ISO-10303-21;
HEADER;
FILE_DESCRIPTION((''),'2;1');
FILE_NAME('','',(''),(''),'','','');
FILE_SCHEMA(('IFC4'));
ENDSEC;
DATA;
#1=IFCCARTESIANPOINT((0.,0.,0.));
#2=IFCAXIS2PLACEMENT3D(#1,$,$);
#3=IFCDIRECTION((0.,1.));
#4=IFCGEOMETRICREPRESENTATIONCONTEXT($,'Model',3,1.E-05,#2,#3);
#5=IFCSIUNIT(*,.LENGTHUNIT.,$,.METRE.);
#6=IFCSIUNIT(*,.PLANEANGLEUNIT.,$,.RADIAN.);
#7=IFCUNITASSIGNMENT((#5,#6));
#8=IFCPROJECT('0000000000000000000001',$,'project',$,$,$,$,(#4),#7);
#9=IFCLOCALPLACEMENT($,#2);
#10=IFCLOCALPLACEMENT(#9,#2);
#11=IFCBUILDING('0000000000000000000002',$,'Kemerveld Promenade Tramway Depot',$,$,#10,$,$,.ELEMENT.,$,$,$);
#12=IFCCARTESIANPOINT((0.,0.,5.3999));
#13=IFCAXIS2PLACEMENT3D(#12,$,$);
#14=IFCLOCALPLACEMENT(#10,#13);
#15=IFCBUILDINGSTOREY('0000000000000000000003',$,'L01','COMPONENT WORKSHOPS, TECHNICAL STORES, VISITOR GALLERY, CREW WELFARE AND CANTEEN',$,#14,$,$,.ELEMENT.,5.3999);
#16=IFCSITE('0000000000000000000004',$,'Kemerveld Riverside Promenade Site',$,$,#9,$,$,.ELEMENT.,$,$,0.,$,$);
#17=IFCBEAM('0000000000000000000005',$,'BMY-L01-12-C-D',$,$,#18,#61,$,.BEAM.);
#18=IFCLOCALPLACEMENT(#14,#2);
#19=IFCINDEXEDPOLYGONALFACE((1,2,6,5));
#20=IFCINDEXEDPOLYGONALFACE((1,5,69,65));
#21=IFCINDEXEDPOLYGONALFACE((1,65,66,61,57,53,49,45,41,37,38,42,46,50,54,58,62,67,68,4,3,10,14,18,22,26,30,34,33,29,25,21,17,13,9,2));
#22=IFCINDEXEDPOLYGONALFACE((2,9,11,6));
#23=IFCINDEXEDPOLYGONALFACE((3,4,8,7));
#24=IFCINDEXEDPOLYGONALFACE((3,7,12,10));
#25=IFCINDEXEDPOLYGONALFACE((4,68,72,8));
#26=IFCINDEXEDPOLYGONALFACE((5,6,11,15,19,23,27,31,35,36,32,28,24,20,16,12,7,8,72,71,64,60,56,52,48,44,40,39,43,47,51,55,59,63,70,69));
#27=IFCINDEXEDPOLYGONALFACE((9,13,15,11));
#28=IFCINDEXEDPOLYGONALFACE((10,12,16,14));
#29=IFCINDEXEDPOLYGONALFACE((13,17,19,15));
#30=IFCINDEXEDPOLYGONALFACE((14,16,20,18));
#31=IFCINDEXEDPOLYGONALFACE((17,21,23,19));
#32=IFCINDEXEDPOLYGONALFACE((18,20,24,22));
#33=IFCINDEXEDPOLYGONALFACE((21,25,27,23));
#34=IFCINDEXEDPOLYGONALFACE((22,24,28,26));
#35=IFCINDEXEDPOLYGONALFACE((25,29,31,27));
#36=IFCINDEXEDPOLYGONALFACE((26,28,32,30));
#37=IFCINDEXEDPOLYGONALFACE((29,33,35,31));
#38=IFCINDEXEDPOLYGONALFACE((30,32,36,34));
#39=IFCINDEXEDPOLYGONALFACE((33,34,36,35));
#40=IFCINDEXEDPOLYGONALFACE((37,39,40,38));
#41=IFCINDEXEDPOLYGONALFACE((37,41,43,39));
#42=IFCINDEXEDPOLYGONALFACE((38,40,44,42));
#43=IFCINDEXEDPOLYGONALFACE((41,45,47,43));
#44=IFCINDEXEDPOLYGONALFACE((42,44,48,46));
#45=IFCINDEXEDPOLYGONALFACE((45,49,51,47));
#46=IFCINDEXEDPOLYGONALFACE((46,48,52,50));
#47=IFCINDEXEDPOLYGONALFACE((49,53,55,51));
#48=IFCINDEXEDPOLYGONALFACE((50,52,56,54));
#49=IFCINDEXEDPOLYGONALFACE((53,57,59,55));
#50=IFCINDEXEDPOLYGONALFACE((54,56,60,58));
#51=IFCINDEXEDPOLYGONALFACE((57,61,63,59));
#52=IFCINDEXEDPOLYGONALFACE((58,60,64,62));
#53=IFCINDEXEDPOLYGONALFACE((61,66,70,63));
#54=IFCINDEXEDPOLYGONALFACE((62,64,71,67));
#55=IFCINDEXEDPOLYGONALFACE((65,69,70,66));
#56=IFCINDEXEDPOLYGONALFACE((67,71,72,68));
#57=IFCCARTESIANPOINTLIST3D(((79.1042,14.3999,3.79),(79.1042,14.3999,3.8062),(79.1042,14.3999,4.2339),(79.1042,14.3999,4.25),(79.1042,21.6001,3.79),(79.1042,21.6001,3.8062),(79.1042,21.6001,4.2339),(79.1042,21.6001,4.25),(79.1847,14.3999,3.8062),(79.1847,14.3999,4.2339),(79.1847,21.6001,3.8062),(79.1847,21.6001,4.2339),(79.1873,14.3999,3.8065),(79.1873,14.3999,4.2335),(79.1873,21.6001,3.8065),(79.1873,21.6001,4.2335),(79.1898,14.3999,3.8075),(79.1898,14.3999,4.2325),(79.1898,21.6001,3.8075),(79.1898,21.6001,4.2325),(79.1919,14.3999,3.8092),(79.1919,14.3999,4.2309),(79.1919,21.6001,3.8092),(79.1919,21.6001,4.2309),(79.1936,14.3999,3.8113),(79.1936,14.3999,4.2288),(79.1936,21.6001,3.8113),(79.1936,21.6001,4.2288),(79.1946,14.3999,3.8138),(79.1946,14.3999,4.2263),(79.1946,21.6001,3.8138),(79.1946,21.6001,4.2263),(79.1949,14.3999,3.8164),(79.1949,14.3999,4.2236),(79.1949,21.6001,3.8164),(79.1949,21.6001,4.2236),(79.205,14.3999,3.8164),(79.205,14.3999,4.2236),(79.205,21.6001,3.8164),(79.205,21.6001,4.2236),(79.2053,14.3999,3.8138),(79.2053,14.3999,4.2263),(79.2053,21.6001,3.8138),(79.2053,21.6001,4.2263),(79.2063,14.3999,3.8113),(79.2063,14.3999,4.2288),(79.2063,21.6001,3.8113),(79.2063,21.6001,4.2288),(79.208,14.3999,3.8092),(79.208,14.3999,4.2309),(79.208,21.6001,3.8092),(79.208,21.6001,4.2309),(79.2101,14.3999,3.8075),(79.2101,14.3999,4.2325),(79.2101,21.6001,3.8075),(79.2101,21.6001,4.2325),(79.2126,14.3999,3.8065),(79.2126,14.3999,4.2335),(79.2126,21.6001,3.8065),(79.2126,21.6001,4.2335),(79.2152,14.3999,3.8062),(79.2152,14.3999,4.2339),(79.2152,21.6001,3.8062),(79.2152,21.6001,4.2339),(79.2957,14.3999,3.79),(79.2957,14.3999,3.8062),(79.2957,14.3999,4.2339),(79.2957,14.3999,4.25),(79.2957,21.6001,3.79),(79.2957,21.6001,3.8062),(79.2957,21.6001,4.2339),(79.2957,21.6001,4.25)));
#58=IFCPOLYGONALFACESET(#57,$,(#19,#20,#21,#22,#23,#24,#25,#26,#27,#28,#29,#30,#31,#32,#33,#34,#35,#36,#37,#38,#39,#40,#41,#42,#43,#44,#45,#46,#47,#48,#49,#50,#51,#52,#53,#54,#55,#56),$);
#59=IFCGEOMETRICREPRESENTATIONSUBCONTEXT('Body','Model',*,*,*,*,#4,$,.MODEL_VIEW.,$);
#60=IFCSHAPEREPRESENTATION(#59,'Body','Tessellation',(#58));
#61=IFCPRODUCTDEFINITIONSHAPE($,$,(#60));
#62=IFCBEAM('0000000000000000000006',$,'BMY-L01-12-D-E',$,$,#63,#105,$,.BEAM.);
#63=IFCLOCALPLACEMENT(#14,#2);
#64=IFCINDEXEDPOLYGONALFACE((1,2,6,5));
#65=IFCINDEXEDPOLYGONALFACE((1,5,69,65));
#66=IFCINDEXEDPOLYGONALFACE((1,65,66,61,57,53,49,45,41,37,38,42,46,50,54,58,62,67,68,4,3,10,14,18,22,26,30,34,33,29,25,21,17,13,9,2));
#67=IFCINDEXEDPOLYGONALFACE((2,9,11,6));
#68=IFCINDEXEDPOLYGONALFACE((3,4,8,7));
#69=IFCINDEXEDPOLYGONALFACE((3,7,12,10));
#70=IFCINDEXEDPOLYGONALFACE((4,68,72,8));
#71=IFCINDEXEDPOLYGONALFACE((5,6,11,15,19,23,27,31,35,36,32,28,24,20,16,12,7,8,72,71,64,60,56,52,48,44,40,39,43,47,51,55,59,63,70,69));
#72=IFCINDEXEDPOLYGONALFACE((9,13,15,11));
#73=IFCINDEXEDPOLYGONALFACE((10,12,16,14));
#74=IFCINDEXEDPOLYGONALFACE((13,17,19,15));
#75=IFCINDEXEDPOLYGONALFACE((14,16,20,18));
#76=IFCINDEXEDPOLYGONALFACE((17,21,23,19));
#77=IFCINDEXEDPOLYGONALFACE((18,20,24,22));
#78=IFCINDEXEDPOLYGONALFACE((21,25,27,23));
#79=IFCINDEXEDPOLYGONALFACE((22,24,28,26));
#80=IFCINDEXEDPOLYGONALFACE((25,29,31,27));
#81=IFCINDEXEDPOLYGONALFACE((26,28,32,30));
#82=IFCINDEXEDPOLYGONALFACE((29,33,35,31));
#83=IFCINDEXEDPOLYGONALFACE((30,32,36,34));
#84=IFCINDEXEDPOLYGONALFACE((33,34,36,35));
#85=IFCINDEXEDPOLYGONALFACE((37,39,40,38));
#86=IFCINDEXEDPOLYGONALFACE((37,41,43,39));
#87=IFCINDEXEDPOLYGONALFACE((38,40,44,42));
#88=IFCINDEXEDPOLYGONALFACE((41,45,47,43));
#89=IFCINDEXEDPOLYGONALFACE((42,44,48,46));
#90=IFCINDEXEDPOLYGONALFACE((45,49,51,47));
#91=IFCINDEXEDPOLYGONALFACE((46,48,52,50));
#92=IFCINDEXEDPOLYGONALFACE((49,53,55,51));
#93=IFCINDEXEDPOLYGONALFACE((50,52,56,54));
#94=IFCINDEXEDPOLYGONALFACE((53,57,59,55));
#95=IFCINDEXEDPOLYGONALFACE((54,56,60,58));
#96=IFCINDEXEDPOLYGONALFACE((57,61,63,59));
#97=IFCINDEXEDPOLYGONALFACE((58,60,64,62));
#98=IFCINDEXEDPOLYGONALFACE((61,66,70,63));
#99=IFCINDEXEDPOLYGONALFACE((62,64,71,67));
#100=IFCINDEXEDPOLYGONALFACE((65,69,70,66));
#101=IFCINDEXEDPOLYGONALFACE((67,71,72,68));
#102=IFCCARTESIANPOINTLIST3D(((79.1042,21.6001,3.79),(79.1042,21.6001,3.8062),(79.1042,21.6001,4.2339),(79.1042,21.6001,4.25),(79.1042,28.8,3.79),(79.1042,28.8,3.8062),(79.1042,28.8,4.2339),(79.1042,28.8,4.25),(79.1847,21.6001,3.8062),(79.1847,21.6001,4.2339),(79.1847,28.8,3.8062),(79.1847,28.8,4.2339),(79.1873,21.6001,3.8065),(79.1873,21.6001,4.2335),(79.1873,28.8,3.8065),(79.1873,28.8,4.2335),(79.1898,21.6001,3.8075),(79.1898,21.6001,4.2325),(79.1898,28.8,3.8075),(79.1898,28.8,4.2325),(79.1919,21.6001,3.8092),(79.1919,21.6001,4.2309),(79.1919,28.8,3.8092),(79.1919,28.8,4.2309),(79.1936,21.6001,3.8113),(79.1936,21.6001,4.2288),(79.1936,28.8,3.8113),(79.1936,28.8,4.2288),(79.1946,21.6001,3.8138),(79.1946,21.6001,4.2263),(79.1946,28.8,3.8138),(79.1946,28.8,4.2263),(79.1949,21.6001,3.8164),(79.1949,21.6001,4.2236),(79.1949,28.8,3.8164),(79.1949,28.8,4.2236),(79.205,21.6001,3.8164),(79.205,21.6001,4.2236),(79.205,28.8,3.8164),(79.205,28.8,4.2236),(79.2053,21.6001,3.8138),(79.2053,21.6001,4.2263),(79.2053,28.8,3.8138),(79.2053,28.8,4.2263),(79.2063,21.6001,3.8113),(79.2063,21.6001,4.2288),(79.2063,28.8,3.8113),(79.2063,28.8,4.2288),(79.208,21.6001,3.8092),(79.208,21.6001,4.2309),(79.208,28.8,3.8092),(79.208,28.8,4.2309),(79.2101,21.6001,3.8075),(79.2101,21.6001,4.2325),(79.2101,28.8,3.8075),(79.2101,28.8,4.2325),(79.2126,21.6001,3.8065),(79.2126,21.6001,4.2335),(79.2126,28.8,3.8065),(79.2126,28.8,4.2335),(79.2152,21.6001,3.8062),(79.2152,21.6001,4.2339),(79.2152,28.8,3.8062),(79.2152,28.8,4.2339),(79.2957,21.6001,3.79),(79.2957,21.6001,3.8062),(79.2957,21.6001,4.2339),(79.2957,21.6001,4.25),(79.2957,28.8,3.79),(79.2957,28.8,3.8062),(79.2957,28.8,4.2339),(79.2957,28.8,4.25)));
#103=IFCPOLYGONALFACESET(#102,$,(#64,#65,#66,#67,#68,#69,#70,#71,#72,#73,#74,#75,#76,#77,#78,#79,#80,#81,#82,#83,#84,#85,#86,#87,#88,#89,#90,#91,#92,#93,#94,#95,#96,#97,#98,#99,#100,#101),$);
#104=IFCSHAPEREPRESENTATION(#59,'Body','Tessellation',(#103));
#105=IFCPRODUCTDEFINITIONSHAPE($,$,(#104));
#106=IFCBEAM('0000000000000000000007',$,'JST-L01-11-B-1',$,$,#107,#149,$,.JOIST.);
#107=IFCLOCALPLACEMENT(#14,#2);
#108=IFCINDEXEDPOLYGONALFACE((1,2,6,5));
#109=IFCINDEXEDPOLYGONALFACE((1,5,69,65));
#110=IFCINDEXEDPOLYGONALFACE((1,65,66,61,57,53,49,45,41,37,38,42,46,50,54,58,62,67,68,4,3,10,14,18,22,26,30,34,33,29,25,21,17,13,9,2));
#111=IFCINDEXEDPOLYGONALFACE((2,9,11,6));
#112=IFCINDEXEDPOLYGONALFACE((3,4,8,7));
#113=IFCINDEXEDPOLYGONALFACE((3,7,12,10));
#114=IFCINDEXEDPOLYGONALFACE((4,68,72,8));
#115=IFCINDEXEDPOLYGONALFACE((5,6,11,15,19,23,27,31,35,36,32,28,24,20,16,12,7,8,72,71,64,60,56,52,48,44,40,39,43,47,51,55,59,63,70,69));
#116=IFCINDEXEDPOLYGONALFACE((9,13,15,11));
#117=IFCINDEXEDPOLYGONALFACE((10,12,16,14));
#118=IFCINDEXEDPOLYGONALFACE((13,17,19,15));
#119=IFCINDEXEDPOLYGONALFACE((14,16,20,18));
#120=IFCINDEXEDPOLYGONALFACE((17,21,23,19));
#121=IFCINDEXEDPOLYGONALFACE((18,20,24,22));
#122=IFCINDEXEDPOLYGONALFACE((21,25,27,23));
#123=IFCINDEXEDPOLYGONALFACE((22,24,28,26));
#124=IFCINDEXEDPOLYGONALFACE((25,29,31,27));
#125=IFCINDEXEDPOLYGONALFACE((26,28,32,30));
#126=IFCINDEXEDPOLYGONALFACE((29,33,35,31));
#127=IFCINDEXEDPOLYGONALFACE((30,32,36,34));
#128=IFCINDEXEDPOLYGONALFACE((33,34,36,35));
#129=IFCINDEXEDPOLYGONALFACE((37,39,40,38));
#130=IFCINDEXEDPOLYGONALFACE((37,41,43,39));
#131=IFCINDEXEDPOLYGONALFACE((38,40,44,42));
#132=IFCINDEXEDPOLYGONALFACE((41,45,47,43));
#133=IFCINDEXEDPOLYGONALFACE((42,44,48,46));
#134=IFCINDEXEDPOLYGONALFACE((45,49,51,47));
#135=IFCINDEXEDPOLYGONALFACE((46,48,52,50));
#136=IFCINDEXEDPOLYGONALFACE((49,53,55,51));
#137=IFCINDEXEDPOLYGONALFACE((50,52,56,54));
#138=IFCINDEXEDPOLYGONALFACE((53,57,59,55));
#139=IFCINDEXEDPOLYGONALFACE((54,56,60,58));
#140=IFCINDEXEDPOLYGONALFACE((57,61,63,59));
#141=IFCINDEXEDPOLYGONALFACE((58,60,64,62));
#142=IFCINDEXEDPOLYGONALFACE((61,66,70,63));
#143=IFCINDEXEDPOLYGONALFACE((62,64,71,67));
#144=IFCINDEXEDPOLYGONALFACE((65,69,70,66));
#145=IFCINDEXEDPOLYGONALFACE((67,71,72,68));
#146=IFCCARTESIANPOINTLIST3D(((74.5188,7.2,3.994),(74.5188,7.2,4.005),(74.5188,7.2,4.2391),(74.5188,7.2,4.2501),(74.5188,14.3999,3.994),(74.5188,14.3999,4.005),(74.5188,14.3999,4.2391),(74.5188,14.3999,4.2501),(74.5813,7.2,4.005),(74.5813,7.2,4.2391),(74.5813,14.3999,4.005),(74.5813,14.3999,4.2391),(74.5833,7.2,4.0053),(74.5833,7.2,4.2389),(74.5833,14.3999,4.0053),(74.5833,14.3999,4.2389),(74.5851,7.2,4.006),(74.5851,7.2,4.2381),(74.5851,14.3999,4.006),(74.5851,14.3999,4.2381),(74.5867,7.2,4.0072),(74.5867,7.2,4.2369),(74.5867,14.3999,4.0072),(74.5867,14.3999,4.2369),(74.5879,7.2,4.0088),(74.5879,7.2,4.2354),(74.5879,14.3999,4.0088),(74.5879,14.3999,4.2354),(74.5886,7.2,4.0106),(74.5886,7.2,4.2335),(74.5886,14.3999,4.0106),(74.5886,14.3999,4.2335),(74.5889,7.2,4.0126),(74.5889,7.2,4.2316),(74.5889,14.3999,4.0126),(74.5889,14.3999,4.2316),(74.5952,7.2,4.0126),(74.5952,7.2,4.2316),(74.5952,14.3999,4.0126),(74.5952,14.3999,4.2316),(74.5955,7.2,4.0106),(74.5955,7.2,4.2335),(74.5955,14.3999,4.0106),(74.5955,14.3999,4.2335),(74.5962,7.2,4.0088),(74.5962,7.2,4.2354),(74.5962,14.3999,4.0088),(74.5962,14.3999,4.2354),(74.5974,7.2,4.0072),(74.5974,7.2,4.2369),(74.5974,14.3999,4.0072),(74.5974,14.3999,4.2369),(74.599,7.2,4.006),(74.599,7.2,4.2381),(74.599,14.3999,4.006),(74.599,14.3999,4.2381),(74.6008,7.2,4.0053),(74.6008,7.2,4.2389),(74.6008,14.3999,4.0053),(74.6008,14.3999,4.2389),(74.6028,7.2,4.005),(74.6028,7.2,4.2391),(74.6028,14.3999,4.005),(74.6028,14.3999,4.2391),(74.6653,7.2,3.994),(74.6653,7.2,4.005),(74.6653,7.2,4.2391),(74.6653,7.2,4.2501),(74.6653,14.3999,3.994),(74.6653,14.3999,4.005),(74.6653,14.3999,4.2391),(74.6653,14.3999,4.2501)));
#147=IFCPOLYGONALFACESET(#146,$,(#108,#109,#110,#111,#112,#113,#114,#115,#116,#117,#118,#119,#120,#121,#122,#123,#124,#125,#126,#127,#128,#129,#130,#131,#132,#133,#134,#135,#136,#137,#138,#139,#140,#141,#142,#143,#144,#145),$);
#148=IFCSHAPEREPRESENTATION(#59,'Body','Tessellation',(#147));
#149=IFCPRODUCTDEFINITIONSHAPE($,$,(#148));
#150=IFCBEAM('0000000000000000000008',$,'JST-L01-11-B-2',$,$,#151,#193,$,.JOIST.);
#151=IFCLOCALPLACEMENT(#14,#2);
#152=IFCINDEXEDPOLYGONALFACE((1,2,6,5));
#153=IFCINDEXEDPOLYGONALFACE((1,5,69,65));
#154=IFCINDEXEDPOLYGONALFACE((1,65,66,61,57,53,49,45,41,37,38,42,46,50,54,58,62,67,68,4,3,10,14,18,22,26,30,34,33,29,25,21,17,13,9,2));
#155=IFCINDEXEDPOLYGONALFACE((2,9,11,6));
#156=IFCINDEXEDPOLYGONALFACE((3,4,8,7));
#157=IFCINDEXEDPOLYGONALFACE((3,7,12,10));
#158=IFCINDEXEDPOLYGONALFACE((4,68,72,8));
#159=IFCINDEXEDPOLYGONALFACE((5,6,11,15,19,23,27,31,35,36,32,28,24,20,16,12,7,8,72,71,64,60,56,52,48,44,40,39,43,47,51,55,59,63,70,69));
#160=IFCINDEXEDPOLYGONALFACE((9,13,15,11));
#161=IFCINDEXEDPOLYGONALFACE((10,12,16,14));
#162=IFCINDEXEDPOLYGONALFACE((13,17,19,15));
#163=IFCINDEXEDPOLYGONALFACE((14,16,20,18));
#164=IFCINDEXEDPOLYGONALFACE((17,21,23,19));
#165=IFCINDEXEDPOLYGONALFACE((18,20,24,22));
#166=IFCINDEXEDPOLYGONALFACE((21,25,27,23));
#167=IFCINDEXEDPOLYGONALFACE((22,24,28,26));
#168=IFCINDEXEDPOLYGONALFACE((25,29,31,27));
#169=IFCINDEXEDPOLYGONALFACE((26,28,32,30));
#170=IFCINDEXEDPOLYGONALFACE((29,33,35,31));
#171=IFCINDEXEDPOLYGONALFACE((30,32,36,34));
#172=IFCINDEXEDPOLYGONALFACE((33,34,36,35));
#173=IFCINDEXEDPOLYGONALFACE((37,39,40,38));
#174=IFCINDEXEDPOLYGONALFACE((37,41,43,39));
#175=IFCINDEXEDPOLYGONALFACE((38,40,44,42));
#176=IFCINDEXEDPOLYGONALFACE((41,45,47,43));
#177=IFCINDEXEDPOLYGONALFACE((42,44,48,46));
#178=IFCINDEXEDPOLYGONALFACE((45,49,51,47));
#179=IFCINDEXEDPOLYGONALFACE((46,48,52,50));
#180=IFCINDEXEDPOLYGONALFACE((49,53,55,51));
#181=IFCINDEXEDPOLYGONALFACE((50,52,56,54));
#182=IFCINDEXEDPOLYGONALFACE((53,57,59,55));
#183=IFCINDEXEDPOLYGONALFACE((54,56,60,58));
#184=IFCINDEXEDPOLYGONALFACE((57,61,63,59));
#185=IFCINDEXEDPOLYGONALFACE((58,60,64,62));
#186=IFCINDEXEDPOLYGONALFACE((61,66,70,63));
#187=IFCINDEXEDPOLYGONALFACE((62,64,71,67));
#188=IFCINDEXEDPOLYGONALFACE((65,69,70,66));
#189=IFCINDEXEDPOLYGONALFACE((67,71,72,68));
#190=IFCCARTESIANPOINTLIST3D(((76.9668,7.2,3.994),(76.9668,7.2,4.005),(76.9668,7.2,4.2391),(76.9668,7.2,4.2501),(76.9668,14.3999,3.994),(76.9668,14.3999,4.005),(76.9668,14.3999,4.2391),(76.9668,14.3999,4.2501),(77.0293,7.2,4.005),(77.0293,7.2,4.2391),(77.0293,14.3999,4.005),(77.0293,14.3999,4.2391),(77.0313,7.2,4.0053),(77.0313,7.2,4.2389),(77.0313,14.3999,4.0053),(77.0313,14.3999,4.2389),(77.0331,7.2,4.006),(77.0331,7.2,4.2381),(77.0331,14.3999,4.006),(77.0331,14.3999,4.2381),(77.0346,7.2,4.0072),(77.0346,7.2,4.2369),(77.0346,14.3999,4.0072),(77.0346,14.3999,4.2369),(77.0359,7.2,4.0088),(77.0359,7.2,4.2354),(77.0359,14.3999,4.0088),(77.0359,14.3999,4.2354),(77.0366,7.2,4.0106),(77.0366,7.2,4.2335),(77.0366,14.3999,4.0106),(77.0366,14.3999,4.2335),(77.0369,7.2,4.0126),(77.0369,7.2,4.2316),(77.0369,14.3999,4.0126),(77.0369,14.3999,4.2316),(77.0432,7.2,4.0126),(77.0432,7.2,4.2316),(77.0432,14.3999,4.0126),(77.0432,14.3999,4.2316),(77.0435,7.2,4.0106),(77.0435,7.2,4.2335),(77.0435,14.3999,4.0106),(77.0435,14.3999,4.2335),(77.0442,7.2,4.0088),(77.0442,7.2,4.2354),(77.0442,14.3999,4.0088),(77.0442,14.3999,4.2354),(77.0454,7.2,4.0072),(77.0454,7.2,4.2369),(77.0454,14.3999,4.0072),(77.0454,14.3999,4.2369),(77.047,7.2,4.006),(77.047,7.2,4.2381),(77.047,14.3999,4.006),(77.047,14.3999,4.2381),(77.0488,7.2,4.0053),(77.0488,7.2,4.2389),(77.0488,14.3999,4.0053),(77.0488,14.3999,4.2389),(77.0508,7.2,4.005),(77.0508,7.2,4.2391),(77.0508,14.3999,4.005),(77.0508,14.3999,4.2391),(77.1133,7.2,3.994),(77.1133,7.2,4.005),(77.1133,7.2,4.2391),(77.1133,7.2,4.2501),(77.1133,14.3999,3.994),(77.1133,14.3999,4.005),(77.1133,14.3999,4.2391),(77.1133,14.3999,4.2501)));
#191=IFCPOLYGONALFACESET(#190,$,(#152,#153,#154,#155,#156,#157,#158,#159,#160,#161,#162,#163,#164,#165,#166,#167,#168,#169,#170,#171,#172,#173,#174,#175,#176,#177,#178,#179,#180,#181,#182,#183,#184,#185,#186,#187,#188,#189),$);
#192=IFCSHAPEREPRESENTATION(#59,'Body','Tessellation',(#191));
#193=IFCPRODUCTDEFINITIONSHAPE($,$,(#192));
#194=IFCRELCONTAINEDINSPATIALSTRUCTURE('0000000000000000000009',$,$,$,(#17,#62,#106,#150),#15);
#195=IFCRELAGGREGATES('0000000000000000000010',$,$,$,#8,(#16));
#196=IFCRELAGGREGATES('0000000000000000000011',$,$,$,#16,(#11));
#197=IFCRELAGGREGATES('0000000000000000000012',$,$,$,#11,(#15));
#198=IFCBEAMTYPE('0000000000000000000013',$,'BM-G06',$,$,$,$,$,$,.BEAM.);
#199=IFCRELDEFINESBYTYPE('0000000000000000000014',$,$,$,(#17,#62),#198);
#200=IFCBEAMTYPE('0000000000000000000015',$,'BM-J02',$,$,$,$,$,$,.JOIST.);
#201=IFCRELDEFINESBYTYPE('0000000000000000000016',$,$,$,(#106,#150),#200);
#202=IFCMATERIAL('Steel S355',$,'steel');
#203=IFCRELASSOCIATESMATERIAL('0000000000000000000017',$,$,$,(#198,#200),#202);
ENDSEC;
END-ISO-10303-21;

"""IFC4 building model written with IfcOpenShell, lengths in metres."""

from ifc_helpers import new_model, si_unit, direction, frame, origin, origin_2d, place, context, subcontext, project, spatial, i_section, extrude, material, material_profile, profile_set, type_object, element, save


model = new_model("IFC4")

# Units and contexts
model_context = context("Model", 3, precision=1e-05, world=origin(), true_north=direction((0.0, 1.0)))
body_context = subcontext(model_context, "Body", "Model", "MODEL_VIEW")
ifc_project = project(units=[si_unit("LENGTHUNIT", "METRE"), si_unit("PLANEANGLEUNIT", "RADIAN")], contexts=[model_context])

# Site, building, storey
site_placement = place(None, origin())
site = spatial("IfcSite", under=ifc_project, at=site_placement, Name="Kemerveld Riverside Promenade Site", CompositionType="ELEMENT", RefElevation=0.0)
building_placement = place(site_placement, origin())
building = spatial("IfcBuilding", under=site, at=building_placement, Name="Kemerveld Promenade Tramway Depot", CompositionType="ELEMENT")
storey_placement = place(building_placement, frame((0.0, 0.0, 5.3999)))
storey = spatial("IfcBuildingStorey", under=building, at=storey_placement, Name="L01", Description="COMPONENT WORKSHOPS, TECHNICAL STORES, VISITOR GALLERY, CREW WELFARE AND CANTEEN", CompositionType="ELEMENT", Elevation=5.3999)

# Shared definitions
ifc_material_1 = material(Name="Steel S355", Category="steel")

# Beams
ifc_material_profile_1 = material_profile(ifc_material_1, i_section(OverallWidth=0.1914, OverallDepth=0.46, WebThickness=0.01, FlangeThickness=0.0161, FilletRadius=0.0103, at=origin_2d()), Name="457x191x82 UB")
ifc_profile_set_1 = profile_set([ifc_material_profile_1], Name="Steel S355")
beam_type_1 = type_object("IfcBeamType", Name="BM-G06", PredefinedType="BEAM", material=ifc_profile_set_1)
beam_1_placement = place(storey_placement, frame((79.2, 14.3999, 4.02), z_axis=(0.0, 1.0, 0.0), x_axis=(-1.0, 0.0, 0.0)))
element("IfcBeam", 1, at=beam_1_placement, inside=storey, type_object=beam_type_1, Name="BMY-L01-12-C-D", PredefinedType="BEAM", context=body_context, shape_type="SweptSolid", body=[
    extrude(i_section(OverallWidth=0.1914, OverallDepth=0.46, WebThickness=0.01, FlangeThickness=0.0161, FilletRadius=0.0103, at=origin_2d()), origin(), (0.0, 0.0, 1.0), 7.2002),
])
beam_2_placement = place(storey_placement, frame((79.2, 21.6001, 4.02), z_axis=(0.0, 1.0, 0.0), x_axis=(-1.0, 0.0, 0.0)))
element("IfcBeam", 2, at=beam_2_placement, inside=storey, type_object=beam_type_1, Name="BMY-L01-12-D-E", PredefinedType="BEAM", context=body_context, shape_type="SweptSolid", body=[
    extrude(i_section(OverallWidth=0.1914, OverallDepth=0.46, WebThickness=0.01, FlangeThickness=0.0161, FilletRadius=0.0103, at=origin_2d()), origin(), (0.0, 0.0, 1.0), 7.2),
])
ifc_material_profile_2 = material_profile(ifc_material_1, i_section(OverallWidth=0.1465, OverallDepth=0.2561, WebThickness=0.0063, FlangeThickness=0.011, FilletRadius=0.0076, at=origin_2d()), Name="254x146x37 UB")
ifc_profile_set_2 = profile_set([ifc_material_profile_2], Name="Steel S355")
beam_type_2 = type_object("IfcBeamType", Name="BM-J02", PredefinedType="JOIST", material=ifc_profile_set_2)
for number, where, z_axis, x_axis, name in (
    (3, (74.592, 7.2, 4.1221), (0.0, 1.0, 0.0), (-1.0, 0.0, 0.0), "JST-L01-11-B-1"),
    (4, (77.04, 7.2, 4.1221), (0.0, 1.0, 0.0), (-1.0, 0.0, 0.0), "JST-L01-11-B-2"),
):
    element("IfcBeam", number, at=place(storey_placement, frame(where, z_axis=z_axis, x_axis=x_axis)), inside=storey, type_object=beam_type_2, Name=name, PredefinedType="JOIST", context=body_context, shape_type="SweptSolid", body=[
        extrude(i_section(OverallWidth=0.1465, OverallDepth=0.2561, WebThickness=0.0063, FlangeThickness=0.011, FilletRadius=0.0076, at=origin_2d()), origin(), (0.0, 0.0, 1.0), 7.2),
    ])

save(model, "model.ifc")
